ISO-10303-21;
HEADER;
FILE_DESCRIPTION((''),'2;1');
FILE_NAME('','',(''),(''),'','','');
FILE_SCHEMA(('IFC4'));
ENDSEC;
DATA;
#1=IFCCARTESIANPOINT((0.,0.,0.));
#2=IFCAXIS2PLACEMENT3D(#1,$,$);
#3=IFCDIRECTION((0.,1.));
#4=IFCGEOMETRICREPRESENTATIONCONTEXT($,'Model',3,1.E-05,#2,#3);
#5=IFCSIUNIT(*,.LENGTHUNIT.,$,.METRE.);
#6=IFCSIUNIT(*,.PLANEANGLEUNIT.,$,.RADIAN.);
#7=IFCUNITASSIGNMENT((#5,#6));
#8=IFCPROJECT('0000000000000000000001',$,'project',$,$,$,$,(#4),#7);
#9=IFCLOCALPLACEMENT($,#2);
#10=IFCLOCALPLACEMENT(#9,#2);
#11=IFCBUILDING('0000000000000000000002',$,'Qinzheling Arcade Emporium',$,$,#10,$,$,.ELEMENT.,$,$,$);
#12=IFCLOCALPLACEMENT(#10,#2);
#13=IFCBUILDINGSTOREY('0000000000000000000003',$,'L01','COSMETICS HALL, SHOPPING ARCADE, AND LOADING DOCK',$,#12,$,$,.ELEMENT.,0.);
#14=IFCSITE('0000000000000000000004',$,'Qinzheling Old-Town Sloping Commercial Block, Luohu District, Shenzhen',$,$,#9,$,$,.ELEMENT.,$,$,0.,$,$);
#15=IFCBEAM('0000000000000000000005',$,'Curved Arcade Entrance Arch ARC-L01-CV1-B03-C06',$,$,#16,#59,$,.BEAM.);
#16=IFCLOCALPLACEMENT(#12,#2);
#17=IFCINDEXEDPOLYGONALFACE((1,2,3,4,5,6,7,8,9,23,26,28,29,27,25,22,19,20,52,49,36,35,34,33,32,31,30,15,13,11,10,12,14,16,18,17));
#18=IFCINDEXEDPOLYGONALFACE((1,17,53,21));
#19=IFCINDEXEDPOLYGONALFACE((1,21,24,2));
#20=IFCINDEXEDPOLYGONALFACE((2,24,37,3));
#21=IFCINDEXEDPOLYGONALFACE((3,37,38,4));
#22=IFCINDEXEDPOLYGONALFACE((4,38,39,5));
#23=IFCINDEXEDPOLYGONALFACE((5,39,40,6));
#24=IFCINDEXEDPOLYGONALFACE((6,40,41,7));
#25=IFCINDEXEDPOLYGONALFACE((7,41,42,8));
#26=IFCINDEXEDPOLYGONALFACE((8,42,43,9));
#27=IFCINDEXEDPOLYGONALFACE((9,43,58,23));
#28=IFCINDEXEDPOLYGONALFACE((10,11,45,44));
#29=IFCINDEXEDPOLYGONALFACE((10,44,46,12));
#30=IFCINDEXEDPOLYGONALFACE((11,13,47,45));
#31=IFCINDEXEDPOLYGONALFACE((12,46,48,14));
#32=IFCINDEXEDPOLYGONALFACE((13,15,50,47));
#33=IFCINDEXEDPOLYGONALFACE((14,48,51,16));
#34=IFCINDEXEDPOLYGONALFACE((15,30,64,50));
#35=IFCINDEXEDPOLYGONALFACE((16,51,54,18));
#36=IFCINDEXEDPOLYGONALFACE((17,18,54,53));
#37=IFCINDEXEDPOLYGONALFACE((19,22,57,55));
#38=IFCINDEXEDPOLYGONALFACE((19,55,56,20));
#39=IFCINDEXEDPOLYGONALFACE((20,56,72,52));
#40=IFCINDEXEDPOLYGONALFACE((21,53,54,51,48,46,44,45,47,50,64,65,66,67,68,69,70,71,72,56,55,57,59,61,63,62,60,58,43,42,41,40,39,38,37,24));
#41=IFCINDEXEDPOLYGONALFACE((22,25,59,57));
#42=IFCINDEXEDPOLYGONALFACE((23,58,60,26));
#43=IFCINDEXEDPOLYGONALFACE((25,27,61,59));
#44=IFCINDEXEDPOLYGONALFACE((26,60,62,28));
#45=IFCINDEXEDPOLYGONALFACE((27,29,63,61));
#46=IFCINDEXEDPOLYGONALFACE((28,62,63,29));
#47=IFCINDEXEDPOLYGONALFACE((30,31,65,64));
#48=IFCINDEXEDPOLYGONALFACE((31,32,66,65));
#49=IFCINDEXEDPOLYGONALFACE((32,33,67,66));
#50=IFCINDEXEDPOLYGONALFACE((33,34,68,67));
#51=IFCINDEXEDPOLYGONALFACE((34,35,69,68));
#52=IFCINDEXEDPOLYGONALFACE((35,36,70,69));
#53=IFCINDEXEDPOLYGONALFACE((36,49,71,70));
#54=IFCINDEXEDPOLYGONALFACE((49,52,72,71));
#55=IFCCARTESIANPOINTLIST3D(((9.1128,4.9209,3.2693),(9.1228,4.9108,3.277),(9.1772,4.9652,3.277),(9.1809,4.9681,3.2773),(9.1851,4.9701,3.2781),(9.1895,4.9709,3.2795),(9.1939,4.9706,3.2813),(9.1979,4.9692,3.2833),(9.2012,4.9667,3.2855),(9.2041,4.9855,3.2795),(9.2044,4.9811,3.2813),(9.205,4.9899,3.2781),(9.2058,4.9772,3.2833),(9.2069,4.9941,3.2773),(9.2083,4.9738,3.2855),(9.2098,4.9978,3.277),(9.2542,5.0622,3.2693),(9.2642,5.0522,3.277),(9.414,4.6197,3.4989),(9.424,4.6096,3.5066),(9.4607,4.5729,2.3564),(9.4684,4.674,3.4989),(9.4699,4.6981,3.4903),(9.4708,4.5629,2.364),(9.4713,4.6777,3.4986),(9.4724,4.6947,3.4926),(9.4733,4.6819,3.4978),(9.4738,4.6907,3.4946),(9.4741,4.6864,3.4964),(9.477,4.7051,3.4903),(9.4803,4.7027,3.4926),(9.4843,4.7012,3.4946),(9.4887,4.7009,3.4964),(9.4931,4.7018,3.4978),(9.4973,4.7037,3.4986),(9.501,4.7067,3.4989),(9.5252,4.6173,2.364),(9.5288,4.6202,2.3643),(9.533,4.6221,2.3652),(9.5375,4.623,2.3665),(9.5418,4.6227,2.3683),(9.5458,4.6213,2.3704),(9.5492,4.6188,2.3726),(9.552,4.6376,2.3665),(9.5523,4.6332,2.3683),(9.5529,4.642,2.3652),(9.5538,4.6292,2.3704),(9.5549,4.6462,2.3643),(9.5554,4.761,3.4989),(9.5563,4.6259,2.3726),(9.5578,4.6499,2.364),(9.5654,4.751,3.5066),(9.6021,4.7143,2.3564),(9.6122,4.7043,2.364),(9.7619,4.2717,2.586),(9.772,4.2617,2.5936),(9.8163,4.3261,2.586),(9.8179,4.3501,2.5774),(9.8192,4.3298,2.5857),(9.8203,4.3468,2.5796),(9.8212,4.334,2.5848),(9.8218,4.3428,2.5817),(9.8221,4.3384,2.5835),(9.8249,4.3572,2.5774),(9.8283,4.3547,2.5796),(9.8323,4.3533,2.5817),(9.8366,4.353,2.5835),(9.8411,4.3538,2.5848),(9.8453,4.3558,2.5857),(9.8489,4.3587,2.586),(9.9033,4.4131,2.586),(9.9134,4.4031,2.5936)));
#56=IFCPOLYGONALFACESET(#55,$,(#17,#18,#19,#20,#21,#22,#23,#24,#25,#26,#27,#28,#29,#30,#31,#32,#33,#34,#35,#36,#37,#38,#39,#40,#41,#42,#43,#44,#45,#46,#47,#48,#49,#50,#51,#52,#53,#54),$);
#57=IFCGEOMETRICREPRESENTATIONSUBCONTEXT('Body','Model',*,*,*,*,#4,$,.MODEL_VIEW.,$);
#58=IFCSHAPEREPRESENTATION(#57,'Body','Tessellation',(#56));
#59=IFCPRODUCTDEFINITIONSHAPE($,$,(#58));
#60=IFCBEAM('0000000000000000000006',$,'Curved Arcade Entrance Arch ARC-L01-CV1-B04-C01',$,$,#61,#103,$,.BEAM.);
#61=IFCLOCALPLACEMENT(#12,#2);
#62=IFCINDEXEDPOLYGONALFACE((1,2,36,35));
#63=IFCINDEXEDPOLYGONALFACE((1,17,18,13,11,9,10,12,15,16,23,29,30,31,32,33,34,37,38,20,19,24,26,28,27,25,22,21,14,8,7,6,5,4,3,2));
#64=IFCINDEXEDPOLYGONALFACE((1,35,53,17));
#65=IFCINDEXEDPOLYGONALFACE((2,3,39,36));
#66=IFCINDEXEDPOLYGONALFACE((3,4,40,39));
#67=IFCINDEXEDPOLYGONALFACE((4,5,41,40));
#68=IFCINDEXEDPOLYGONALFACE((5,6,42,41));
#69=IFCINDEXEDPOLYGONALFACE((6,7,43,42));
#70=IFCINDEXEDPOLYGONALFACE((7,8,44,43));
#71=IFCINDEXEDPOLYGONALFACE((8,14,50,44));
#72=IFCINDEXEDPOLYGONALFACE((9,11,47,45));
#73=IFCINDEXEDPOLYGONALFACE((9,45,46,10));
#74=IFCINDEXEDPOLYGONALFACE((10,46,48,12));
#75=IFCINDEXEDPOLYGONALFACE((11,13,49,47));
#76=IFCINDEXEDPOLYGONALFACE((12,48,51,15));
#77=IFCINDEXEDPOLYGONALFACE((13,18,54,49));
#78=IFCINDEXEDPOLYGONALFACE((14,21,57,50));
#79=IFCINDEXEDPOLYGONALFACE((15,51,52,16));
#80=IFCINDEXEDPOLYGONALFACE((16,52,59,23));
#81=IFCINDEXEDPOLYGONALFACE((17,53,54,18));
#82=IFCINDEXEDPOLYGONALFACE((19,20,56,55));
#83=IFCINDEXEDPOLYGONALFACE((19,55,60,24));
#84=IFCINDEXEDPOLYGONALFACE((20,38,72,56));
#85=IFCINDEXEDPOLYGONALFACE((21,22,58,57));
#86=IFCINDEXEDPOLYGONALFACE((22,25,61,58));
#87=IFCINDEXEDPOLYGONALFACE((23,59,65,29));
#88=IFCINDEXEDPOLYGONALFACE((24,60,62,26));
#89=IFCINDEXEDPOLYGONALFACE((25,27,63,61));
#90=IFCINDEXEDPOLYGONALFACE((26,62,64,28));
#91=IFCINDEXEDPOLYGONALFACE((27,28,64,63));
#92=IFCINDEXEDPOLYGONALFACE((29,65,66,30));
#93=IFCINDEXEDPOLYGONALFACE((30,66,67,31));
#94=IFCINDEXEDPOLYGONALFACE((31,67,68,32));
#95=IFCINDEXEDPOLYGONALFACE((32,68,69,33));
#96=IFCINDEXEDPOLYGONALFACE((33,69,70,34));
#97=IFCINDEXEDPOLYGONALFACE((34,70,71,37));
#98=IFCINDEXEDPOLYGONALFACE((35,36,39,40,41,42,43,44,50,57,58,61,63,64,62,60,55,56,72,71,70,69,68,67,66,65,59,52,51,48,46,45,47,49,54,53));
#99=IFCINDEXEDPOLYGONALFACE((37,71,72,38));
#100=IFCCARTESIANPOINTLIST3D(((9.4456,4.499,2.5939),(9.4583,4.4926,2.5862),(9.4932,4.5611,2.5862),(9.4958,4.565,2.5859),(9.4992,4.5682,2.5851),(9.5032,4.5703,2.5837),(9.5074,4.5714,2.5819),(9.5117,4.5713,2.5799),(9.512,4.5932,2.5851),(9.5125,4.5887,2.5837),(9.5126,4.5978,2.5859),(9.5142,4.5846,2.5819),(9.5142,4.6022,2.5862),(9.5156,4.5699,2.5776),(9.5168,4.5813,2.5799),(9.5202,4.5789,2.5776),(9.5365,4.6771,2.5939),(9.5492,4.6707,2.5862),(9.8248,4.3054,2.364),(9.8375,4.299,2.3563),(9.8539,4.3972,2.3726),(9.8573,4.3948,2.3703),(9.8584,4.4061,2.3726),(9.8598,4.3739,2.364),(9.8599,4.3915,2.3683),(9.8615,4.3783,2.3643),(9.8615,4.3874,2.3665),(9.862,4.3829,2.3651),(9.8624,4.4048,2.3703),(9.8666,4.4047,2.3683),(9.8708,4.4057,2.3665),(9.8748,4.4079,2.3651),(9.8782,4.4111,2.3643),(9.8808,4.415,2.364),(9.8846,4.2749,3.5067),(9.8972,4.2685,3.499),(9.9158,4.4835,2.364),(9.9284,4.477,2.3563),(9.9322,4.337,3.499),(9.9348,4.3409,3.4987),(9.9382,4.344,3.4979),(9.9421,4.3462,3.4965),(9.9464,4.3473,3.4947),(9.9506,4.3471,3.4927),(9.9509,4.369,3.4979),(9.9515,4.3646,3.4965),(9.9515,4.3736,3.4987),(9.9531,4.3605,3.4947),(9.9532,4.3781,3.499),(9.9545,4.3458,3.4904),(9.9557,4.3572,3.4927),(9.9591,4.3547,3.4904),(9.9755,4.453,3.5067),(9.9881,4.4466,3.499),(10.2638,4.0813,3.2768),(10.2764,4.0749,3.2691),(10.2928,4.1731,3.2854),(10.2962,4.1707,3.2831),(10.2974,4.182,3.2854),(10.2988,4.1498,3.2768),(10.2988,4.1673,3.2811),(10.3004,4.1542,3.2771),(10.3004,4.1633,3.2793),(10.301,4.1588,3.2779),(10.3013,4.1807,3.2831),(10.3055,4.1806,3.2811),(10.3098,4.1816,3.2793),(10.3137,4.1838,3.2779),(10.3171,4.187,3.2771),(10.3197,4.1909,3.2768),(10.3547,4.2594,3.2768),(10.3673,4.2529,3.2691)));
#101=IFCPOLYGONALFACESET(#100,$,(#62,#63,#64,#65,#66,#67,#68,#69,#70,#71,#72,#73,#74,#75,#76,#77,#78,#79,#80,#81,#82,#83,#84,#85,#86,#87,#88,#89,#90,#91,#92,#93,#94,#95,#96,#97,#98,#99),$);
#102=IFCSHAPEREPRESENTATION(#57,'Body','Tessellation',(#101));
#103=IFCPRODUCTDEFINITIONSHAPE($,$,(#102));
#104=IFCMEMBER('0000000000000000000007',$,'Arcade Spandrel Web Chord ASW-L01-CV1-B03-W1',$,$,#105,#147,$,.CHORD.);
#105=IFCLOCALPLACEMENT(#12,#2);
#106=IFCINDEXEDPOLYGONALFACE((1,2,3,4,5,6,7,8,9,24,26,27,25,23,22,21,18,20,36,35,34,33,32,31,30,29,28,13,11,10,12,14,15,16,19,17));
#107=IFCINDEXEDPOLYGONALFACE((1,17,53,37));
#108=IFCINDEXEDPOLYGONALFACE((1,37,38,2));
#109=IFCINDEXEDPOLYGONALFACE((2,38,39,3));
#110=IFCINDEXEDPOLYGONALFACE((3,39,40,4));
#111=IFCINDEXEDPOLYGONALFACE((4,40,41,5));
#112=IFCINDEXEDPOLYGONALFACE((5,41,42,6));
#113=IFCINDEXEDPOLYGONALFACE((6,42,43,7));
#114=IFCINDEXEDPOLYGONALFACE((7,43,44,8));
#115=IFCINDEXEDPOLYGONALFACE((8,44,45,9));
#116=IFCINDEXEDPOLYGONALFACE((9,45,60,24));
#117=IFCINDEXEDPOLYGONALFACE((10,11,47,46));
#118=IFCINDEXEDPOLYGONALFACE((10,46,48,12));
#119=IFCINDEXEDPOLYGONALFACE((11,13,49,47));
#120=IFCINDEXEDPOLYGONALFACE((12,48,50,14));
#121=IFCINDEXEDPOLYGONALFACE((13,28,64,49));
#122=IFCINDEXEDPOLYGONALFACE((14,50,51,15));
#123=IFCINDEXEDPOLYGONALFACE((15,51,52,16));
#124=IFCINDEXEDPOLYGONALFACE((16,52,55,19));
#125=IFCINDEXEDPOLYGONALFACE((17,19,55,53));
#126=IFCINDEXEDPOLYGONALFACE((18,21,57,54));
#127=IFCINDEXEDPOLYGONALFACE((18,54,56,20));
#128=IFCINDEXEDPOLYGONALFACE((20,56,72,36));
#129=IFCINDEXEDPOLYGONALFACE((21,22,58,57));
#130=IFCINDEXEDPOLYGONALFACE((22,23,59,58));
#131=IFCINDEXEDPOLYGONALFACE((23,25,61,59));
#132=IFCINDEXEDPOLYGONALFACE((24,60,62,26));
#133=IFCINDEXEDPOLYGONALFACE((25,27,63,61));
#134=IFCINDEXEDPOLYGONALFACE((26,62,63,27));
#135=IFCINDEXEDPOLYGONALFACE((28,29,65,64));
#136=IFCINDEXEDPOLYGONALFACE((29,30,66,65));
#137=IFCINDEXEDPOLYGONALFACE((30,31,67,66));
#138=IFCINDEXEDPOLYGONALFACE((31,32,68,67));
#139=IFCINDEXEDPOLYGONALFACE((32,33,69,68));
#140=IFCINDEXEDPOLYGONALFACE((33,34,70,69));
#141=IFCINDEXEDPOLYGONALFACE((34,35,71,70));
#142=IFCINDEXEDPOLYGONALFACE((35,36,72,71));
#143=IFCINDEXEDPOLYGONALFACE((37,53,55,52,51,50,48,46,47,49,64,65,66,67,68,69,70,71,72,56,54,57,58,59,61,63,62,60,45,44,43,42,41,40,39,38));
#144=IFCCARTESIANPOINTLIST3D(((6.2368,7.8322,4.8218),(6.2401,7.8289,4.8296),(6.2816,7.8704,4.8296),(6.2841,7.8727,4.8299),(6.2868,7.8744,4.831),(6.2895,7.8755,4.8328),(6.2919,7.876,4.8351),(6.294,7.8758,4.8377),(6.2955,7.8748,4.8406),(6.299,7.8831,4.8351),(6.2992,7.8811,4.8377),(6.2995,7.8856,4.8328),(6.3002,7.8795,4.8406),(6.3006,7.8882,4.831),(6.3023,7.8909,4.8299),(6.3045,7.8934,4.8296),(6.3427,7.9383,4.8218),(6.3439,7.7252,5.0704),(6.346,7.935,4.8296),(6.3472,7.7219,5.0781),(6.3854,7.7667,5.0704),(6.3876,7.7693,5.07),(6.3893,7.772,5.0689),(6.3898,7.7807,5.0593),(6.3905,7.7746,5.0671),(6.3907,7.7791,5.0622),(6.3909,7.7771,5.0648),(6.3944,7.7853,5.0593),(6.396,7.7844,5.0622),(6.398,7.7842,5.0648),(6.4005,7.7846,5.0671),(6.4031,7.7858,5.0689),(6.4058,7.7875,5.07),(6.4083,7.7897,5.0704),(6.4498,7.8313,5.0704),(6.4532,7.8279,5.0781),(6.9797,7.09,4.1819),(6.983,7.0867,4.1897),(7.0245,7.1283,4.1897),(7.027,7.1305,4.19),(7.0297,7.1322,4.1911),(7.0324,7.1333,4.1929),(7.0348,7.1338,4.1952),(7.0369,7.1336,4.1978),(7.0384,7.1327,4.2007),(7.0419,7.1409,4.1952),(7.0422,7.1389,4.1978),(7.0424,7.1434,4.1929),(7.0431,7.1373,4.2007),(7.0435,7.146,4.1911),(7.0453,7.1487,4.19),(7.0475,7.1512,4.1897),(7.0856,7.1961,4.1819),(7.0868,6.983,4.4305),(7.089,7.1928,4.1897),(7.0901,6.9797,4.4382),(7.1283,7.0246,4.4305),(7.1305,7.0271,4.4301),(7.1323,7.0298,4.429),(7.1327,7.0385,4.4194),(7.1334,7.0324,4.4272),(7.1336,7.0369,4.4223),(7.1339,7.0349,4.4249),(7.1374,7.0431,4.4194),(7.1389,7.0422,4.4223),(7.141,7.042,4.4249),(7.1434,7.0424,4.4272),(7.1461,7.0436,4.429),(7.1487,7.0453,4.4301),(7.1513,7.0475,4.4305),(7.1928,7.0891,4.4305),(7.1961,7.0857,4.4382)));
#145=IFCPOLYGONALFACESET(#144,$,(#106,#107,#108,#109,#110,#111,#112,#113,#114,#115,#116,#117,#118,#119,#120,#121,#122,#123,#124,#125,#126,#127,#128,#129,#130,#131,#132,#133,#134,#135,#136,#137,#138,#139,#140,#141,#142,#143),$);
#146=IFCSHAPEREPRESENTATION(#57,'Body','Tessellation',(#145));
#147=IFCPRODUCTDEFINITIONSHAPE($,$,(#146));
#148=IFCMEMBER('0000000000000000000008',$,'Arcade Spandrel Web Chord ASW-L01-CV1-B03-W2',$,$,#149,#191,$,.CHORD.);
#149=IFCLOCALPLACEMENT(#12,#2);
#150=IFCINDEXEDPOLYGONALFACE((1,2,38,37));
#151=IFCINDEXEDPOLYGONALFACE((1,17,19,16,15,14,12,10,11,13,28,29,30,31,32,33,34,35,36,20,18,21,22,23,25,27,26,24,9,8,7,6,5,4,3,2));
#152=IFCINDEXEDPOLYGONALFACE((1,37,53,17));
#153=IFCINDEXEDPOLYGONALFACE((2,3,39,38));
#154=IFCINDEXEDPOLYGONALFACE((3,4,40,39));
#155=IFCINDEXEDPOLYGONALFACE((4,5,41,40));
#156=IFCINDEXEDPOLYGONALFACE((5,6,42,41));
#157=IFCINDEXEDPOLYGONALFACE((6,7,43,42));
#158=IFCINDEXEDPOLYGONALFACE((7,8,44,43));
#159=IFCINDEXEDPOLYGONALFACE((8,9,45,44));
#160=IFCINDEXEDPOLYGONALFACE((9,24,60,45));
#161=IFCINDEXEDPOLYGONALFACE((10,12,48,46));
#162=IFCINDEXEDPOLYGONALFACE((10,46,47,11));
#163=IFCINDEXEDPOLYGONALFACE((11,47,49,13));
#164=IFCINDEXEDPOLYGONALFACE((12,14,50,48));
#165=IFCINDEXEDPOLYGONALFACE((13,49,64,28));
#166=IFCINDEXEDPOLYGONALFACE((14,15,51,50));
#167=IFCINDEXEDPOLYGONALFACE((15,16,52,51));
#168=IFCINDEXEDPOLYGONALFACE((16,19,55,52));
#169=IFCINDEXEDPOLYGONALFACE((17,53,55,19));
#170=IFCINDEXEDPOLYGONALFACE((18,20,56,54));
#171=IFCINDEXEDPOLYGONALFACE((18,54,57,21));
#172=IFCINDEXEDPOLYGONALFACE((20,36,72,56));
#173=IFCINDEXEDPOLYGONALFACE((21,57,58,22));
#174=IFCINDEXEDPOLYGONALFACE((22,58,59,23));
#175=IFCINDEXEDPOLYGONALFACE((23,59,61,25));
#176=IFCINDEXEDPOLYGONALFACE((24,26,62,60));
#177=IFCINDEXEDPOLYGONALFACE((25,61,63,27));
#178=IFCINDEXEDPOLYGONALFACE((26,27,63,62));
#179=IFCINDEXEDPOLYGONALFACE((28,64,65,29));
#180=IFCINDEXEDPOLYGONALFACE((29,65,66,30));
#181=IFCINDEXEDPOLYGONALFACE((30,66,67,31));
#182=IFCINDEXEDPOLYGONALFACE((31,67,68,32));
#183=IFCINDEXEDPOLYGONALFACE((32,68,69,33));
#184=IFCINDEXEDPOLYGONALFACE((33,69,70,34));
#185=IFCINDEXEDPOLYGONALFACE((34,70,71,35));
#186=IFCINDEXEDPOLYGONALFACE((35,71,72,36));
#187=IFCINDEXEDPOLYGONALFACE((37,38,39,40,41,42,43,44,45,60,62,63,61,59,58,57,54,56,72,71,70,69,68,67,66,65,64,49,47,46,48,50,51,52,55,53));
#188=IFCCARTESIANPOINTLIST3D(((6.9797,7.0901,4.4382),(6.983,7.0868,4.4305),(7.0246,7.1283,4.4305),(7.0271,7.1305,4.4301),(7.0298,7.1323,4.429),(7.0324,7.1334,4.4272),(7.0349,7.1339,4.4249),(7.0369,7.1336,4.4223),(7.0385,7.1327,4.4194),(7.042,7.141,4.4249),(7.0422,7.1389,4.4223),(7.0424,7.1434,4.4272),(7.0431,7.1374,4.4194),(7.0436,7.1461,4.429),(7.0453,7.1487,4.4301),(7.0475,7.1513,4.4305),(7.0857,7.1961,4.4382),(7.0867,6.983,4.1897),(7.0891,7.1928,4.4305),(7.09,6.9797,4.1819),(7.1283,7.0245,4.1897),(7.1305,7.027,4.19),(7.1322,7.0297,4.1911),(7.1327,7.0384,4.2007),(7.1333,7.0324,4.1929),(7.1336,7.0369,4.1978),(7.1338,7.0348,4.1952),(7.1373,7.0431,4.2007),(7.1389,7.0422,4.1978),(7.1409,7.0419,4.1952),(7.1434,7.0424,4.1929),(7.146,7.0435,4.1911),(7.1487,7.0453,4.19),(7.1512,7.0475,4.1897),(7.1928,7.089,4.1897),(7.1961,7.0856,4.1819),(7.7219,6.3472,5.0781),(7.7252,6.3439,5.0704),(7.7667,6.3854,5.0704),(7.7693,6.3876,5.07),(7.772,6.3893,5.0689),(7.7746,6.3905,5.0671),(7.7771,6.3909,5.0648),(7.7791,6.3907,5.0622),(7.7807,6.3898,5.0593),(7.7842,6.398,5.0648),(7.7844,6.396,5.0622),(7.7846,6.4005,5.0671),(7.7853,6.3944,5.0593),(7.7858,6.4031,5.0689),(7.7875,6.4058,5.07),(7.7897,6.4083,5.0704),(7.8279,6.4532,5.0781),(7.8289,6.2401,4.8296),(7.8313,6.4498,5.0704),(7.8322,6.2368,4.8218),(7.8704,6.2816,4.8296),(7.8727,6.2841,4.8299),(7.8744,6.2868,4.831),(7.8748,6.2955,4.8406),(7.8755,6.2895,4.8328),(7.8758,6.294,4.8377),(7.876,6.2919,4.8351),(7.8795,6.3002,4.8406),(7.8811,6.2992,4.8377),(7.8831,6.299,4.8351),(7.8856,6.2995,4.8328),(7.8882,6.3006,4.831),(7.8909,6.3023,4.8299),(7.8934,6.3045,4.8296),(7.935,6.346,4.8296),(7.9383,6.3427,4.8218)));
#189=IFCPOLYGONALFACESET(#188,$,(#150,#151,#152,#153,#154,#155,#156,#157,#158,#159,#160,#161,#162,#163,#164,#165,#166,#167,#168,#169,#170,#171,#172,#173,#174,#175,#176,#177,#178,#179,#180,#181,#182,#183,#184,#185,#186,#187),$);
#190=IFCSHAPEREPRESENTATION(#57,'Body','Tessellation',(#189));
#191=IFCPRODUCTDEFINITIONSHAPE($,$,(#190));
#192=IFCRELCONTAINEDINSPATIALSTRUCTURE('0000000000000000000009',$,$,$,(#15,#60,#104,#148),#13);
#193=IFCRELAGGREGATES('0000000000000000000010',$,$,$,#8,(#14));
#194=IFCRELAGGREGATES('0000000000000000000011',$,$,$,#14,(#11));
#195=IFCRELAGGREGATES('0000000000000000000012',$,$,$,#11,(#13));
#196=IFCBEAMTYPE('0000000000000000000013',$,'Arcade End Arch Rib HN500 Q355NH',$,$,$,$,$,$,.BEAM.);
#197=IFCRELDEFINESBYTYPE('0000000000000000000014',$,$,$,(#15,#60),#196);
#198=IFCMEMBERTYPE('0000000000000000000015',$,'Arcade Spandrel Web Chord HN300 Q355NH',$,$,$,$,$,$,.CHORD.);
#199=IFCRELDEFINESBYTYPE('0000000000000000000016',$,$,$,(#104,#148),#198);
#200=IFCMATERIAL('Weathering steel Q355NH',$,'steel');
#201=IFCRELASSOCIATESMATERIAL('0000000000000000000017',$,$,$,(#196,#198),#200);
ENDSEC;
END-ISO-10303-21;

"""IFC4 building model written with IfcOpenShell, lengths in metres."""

from ifc_helpers import new_model, si_unit, direction, frame, origin, origin_2d, place, context, subcontext, project, spatial, i_section, extrude, material, material_profile, profile_set, type_object, element, save


model = new_model("IFC4")

# Units and contexts
model_context = context("Model", 3, precision=1e-05, world=origin(), true_north=direction((0.0, 1.0)))
body_context = subcontext(model_context, "Body", "Model", "MODEL_VIEW")
ifc_project = project(units=[si_unit("LENGTHUNIT", "METRE"), si_unit("PLANEANGLEUNIT", "RADIAN")], contexts=[model_context])

# Site, building, storey
site_placement = place(None, origin())
site = spatial("IfcSite", under=ifc_project, at=site_placement, Name="Qinzheling Old-Town Sloping Commercial Block, Luohu District, Shenzhen", CompositionType="ELEMENT", RefElevation=0.0)
building_placement = place(site_placement, origin())
building = spatial("IfcBuilding", under=site, at=building_placement, Name="Qinzheling Arcade Emporium", CompositionType="ELEMENT")
storey_placement = place(building_placement, origin())
storey = spatial("IfcBuildingStorey", under=building, at=storey_placement, Name="L01", Description="COSMETICS HALL, SHOPPING ARCADE, AND LOADING DOCK", CompositionType="ELEMENT", Elevation=0.0)

# Beams
ifc_material_1 = material(Name="Weathering steel Q355NH", Category="steel")
ifc_material_profile_1 = material_profile(ifc_material_1, i_section(OverallWidth=0.2, OverallDepth=0.5, WebThickness=0.01, FlangeThickness=0.0161, FilletRadius=0.0181, at=origin_2d()), Name="HN 500x200x10x16", Category="steel")
ifc_profile_set_1 = profile_set([ifc_material_profile_1], Name="Weathering steel Q355NH")
beam_type_1 = type_object("IfcBeamType", Name="Arcade End Arch Rib HN500 Q355NH", PredefinedType="BEAM", material=ifc_profile_set_1)
beam_1_placement = place(storey_placement, frame((9.3391, 4.8359, 3.3879), z_axis=(0.33549, -0.33549, -0.88028), x_axis=(0.707107, 0.707107, 0.0)))
element("IfcBeam", 1, at=beam_1_placement, inside=storey, type_object=beam_type_1, Name="Curved Arcade Entrance Arch ARC-L01-CV1-B03-C06", PredefinedType="BEAM", context=body_context, shape_type="SweptSolid", body=[
    extrude(i_section(OverallWidth=0.2, OverallDepth=0.5, WebThickness=0.01, FlangeThickness=0.0161, FilletRadius=0.0181, at=origin_2d()), origin(), (0.0, 0.0, 1.0), 1.0371),
])
beam_2_placement = place(storey_placement, frame((9.687, 4.488, 2.4751), z_axis=(0.423139, -0.216041, 0.879932), x_axis=(0.454727, 0.890631, 0.0)))
element("IfcBeam", 2, at=beam_2_placement, inside=storey, type_object=beam_type_1, Name="Curved Arcade Entrance Arch ARC-L01-CV1-B04-C01", PredefinedType="BEAM", context=body_context, shape_type="SweptSolid", body=[
    extrude(i_section(OverallWidth=0.2, OverallDepth=0.5, WebThickness=0.01, FlangeThickness=0.0161, FilletRadius=0.0181, at=origin_2d()), origin(), (0.0, 0.0, 1.0), 1.0374),
])

# Members
ifc_material_profile_2 = material_profile(ifc_material_1, i_section(OverallWidth=0.1499, OverallDepth=0.3, WebThickness=0.0066, FlangeThickness=0.009, FilletRadius=0.0129, at=origin_2d()), Name="HN 300x150x6.5x9", Category="steel")
ifc_profile_set_2 = profile_set([ifc_material_profile_2], Name="Weathering steel Q355NH")
member_type_1 = type_object("IfcMemberType", Name="Arcade Spandrel Web Chord HN300 Q355NH", PredefinedType="CHORD", material=ifc_profile_set_2)
for number, where, z_axis, x_axis, name in (
    (3, (7.0879, 7.0879, 4.3101), (-0.604133, 0.603537, 0.520352), (-0.706758, -0.707455, 0.0), "Arcade Spandrel Web Chord ASW-L01-CV1-B03-W1"),
    (4, (7.0879, 7.0879, 4.3101), (0.603537, -0.604133, 0.520352), (0.707455, 0.706758, 0.0), "Arcade Spandrel Web Chord ASW-L01-CV1-B03-W2"),
):
    element("IfcMember", number, at=place(storey_placement, frame(where, z_axis=z_axis, x_axis=x_axis)), inside=storey, type_object=member_type_1, Name=name, PredefinedType="CHORD", context=body_context, shape_type="SweptSolid", body=[
        extrude(i_section(OverallWidth=0.1499, OverallDepth=0.3, WebThickness=0.0066, FlangeThickness=0.009, FilletRadius=0.0129, at=origin_2d()), origin(), (0.0, 0.0, 1.0), 1.2297),
    ])

save(model, "model.ifc")
